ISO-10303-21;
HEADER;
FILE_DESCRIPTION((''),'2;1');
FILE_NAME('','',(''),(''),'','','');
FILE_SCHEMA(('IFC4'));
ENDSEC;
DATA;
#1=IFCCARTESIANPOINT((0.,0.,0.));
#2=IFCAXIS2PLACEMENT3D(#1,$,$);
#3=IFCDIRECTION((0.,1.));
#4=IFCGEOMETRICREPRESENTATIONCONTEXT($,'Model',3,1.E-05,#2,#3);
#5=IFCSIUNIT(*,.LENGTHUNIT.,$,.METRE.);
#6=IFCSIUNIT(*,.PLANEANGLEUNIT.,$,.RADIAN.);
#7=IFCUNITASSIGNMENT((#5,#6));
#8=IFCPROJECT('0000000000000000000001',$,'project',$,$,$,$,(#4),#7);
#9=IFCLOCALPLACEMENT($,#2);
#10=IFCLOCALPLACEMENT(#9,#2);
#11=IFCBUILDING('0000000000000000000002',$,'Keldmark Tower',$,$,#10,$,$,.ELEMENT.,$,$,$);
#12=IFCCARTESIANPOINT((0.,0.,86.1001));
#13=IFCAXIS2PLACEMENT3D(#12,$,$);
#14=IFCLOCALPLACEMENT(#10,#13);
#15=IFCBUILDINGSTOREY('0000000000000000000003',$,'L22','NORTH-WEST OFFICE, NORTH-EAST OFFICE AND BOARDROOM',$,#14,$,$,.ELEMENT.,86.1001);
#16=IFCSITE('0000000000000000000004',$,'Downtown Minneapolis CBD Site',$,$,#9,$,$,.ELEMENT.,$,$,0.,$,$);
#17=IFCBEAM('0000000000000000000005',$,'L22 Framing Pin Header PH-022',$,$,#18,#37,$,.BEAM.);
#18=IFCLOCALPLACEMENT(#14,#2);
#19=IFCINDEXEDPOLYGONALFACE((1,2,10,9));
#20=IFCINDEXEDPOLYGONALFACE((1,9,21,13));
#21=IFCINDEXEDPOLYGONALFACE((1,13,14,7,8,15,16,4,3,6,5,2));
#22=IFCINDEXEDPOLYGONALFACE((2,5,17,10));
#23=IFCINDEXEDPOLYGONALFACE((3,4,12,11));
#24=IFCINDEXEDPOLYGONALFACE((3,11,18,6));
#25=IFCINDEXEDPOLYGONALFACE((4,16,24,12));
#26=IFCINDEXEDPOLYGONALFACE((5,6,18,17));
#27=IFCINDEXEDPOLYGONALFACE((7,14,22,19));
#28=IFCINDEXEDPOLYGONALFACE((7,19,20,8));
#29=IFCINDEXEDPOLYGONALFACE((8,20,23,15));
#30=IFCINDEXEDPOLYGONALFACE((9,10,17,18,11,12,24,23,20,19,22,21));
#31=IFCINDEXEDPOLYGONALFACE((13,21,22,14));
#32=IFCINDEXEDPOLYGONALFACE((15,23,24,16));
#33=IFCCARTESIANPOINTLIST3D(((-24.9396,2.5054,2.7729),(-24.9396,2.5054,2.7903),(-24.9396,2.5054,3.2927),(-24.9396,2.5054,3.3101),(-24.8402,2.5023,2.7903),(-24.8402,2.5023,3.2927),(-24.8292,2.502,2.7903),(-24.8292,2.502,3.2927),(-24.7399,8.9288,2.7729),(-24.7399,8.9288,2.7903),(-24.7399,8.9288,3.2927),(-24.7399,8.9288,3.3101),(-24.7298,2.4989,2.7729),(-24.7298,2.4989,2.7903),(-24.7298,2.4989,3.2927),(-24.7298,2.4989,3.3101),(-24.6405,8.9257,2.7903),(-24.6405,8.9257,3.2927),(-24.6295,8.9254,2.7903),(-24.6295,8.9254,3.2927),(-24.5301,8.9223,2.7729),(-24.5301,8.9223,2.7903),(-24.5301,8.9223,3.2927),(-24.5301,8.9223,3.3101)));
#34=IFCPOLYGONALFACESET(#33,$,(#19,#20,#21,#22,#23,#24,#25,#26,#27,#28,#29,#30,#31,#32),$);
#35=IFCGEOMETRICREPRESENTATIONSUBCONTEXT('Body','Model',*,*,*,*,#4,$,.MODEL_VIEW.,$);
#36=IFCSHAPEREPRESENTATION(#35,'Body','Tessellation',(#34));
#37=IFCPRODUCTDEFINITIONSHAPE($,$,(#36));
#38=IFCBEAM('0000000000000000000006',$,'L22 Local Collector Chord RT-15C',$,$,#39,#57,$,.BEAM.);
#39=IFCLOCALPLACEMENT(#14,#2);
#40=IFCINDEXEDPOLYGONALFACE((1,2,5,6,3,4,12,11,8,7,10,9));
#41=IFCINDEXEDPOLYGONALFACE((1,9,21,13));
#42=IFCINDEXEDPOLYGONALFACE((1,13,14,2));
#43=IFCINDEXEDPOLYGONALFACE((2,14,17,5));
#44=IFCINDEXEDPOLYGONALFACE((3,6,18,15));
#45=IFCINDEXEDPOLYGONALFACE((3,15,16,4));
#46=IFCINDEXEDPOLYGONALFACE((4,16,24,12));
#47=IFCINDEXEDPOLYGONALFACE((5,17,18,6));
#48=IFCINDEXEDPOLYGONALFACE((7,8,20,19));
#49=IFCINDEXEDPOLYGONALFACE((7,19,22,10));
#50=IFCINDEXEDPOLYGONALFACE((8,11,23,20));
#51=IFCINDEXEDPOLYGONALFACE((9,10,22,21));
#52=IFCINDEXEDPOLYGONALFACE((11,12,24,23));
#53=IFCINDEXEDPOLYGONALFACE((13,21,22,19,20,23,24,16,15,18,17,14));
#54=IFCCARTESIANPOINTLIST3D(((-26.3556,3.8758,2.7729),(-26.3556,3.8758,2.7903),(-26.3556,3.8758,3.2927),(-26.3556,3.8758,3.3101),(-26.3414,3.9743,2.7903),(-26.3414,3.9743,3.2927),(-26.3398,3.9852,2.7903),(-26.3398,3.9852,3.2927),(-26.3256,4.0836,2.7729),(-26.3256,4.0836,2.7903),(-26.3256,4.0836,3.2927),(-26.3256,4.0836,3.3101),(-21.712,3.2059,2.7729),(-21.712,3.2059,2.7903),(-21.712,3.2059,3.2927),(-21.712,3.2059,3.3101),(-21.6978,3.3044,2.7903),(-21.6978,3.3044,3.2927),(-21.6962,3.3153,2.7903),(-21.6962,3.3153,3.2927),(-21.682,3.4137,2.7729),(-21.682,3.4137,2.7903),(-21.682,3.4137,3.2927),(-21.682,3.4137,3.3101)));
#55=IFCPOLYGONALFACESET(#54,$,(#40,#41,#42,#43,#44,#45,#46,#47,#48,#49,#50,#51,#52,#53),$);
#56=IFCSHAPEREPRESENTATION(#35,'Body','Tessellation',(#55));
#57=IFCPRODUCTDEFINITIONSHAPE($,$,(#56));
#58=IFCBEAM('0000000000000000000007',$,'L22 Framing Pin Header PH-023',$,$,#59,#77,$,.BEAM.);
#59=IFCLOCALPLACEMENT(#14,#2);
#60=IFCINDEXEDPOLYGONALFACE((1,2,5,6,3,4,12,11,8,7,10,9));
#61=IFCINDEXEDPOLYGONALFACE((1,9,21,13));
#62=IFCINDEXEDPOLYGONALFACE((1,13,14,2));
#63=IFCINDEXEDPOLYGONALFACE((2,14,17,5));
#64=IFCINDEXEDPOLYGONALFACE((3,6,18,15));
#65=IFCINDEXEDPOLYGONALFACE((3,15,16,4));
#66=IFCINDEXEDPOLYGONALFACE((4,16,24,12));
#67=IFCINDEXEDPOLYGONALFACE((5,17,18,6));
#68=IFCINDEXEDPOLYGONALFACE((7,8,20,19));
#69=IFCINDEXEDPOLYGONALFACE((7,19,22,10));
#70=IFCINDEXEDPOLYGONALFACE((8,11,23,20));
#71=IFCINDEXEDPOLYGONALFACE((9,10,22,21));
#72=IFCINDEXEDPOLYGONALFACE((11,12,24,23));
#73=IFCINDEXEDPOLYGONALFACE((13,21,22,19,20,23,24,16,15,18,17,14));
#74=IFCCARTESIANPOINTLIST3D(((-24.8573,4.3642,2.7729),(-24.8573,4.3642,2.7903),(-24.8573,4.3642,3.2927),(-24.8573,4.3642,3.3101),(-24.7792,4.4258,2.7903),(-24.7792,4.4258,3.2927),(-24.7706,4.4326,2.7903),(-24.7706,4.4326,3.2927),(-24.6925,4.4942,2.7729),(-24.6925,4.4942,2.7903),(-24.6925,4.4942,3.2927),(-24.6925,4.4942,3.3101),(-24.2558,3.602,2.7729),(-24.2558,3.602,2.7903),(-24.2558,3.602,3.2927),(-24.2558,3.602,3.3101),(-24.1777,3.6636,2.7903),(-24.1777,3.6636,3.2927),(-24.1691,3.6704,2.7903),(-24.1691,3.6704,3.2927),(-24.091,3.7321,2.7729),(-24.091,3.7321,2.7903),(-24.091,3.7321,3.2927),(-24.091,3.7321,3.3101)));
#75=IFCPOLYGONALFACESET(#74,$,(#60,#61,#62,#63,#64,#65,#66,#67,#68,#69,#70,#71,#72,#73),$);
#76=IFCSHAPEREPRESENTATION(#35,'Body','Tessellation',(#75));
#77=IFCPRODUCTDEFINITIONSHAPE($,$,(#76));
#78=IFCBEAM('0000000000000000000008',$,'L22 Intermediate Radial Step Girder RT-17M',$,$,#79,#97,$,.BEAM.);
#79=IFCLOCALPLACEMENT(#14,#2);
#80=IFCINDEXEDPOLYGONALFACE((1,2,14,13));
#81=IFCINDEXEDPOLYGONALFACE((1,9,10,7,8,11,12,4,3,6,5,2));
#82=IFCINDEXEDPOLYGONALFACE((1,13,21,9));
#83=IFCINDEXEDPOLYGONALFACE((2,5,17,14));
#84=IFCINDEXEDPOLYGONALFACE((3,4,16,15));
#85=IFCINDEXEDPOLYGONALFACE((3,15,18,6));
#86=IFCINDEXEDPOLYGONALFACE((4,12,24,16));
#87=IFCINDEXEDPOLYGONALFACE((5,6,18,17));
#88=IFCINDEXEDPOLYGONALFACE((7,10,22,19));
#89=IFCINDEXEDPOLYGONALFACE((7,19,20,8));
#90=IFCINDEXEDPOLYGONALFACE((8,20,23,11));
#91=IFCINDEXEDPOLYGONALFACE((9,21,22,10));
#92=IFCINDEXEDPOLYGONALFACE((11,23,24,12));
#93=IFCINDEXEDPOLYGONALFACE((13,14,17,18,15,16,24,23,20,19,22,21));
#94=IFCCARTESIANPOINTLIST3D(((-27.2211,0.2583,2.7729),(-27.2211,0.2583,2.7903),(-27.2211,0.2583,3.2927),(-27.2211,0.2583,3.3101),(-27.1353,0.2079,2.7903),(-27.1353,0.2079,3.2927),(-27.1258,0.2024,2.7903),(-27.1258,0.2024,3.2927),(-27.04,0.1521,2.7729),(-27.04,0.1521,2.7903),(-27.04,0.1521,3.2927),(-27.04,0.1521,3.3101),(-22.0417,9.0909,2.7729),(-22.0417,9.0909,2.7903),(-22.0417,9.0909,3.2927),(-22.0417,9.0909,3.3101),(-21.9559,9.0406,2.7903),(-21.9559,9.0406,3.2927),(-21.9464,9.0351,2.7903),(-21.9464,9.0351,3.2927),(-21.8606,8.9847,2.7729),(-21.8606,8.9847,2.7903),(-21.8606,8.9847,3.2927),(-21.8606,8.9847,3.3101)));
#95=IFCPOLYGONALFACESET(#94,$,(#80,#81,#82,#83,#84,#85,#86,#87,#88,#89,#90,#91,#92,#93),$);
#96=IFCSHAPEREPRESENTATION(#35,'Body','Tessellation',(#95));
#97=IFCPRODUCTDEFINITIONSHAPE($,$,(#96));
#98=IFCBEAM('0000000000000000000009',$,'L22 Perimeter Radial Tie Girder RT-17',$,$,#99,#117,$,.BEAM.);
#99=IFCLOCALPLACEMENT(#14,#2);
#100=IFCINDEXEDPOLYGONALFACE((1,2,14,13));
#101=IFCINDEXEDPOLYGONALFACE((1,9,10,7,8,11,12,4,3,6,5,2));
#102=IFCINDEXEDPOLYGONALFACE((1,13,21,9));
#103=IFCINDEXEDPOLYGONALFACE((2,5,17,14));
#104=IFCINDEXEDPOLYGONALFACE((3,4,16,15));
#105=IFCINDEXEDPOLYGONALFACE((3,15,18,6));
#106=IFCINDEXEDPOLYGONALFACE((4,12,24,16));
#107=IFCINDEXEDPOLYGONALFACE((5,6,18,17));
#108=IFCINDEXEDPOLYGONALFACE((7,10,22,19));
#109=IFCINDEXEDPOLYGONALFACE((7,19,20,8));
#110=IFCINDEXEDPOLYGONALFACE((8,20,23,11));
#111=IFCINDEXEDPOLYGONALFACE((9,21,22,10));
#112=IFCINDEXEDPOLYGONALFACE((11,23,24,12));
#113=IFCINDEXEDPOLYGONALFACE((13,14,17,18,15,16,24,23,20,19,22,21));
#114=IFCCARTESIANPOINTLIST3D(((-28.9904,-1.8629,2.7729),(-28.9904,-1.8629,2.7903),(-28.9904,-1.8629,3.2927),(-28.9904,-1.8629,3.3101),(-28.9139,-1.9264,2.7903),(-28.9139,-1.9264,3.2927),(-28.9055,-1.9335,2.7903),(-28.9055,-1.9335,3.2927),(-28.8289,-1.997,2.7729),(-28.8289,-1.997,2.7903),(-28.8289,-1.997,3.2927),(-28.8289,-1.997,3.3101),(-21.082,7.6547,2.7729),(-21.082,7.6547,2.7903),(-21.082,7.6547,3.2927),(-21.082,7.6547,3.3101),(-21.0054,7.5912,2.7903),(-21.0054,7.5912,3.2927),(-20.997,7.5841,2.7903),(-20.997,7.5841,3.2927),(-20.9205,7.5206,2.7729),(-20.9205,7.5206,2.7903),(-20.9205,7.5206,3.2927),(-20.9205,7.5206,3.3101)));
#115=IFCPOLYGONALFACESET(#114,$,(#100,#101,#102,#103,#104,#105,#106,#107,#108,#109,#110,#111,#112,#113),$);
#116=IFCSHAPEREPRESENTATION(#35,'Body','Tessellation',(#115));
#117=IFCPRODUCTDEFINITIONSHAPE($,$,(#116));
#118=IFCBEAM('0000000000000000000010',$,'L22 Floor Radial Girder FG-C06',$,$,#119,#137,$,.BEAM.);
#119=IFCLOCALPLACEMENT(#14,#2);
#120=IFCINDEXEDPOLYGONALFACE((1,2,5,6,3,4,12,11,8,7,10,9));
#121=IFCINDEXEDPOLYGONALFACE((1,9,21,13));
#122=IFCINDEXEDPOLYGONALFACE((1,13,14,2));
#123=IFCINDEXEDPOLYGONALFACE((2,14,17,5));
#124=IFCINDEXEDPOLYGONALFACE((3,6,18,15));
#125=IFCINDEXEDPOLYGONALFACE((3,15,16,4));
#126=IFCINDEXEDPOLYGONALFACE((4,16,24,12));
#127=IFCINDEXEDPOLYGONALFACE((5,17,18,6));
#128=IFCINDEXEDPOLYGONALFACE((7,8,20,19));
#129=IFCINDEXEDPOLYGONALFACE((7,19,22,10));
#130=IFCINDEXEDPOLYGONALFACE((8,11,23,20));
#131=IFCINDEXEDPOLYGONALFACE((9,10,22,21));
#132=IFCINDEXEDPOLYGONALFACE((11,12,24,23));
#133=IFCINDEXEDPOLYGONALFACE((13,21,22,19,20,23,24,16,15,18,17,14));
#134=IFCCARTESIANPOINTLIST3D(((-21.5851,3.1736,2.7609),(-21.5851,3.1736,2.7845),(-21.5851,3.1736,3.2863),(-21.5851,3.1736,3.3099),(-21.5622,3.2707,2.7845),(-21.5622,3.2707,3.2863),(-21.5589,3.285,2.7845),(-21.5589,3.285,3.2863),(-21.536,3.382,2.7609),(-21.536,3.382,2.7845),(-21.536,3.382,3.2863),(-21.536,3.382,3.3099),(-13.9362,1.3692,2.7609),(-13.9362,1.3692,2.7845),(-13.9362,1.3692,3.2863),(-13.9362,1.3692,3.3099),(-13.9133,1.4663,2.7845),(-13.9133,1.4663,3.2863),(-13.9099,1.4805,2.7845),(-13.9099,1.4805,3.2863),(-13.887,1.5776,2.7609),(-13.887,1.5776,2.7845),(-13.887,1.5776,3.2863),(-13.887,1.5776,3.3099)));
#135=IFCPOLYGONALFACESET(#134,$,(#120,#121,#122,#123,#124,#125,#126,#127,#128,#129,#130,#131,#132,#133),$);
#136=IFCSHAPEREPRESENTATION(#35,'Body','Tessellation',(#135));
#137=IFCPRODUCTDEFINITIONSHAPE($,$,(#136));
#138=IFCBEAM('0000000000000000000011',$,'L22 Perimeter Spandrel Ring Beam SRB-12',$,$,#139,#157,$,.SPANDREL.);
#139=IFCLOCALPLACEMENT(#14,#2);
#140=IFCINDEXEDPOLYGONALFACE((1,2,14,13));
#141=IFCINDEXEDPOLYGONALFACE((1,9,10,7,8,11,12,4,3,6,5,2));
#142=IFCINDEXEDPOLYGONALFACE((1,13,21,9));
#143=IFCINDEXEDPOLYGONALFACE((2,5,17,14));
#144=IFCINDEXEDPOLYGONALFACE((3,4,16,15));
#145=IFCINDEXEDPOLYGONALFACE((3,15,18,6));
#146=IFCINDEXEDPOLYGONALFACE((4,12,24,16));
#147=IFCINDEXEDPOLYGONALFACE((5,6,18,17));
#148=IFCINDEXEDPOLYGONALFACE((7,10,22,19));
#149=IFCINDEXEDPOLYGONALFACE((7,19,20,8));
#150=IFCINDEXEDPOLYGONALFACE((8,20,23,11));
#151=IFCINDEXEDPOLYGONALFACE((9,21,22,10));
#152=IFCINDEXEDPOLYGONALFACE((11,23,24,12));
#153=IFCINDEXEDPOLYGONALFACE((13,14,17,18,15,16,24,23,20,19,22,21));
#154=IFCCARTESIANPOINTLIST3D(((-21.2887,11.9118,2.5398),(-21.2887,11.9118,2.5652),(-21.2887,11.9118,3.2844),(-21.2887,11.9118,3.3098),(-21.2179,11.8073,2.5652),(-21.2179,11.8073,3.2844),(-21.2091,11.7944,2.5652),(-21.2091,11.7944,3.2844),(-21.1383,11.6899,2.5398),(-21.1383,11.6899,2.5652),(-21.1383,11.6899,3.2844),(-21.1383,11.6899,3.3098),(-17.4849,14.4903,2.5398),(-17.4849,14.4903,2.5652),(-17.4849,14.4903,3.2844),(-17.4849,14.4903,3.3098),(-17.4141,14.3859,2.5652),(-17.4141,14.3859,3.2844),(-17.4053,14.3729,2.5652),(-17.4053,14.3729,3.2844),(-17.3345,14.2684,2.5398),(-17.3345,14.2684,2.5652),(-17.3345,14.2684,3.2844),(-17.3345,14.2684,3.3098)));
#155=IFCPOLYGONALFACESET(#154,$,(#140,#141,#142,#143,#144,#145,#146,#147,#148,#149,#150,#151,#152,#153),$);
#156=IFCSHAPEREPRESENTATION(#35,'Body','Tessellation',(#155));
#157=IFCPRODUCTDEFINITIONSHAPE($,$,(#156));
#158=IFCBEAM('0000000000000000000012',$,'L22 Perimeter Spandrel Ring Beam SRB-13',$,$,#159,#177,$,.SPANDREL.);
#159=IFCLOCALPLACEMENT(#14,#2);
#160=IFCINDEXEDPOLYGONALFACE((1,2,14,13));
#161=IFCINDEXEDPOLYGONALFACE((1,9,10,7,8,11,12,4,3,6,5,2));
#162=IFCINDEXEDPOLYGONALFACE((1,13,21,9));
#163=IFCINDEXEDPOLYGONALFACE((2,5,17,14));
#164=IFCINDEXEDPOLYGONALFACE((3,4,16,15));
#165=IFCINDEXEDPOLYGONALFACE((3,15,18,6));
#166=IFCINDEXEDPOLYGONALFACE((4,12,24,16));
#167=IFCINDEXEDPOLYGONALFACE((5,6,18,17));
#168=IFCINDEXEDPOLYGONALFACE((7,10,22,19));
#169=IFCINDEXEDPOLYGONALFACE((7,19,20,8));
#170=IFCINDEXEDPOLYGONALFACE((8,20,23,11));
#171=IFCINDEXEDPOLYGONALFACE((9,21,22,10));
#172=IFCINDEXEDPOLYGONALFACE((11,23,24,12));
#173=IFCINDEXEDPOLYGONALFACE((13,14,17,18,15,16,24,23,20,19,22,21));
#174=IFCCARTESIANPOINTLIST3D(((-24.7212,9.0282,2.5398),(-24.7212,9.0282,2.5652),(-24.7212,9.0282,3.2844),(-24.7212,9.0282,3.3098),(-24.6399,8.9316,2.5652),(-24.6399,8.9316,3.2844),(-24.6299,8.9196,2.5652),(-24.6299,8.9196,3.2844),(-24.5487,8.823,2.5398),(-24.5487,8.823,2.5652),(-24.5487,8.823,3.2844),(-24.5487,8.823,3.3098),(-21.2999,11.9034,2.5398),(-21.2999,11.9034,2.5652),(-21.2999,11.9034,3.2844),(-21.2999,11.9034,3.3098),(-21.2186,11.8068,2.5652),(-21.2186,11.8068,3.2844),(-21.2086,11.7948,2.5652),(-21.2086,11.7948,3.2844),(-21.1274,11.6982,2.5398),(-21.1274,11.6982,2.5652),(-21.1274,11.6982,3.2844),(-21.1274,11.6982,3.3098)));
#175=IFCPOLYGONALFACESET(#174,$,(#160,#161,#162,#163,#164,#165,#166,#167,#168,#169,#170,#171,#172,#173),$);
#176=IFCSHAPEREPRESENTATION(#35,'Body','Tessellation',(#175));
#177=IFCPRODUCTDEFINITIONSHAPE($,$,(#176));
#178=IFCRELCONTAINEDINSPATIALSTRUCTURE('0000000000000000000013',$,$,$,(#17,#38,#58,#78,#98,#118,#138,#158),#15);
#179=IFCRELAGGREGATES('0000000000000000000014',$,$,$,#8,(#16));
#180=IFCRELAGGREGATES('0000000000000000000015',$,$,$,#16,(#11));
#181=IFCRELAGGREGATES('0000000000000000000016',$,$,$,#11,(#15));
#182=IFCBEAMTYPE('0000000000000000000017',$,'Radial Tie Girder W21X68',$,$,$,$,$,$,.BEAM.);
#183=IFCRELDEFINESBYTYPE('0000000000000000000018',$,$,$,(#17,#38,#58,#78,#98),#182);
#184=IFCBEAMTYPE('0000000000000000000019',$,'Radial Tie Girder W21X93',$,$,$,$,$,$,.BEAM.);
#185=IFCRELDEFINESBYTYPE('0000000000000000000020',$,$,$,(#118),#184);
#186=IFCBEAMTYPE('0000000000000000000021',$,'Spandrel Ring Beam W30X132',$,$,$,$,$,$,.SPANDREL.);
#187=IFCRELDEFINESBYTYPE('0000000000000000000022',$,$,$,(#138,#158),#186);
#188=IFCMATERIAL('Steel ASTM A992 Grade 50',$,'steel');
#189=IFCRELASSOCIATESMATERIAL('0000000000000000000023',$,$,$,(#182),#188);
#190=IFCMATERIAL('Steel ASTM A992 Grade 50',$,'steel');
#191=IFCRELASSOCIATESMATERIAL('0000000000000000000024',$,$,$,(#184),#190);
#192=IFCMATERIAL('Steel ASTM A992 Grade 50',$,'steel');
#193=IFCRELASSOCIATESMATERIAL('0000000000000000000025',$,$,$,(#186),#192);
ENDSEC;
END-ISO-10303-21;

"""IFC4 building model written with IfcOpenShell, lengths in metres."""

from ifc_helpers import new_model, si_unit, direction, frame, origin, origin_2d, place, context, subcontext, project, spatial, i_section, extrude, material, material_profile, profile_set, type_object, element, save


model = new_model("IFC4")

# Units and contexts
model_context = context("Model", 3, precision=1e-05, world=origin(), true_north=direction((0.0, 1.0)))
body_context = subcontext(model_context, "Body", "Model", "MODEL_VIEW")
ifc_project = project(units=[si_unit("LENGTHUNIT", "METRE"), si_unit("PLANEANGLEUNIT", "RADIAN")], contexts=[model_context])

# Site, building, storey
site_placement = place(None, origin())
site = spatial("IfcSite", under=ifc_project, at=site_placement, Name="Downtown Minneapolis CBD Site", CompositionType="ELEMENT", RefElevation=0.0)
building_placement = place(site_placement, origin())
building = spatial("IfcBuilding", under=site, at=building_placement, Name="Keldmark Tower", CompositionType="ELEMENT")
storey_placement = place(building_placement, frame((0.0, 0.0, 86.1001)))
storey = spatial("IfcBuildingStorey", under=building, at=storey_placement, Name="L22", Description="NORTH-WEST OFFICE, NORTH-EAST OFFICE AND BOARDROOM", CompositionType="ELEMENT", Elevation=86.1001)

# Beams
ifc_material_1 = material(Name="Steel ASTM A992 Grade 50", Category="steel")
ifc_material_profile_1 = material_profile(ifc_material_1, i_section(OverallWidth=0.21, OverallDepth=0.5371, WebThickness=0.011, FlangeThickness=0.0173, at=origin_2d()), Name="W21X68")
ifc_profile_set_1 = profile_set([ifc_material_profile_1], Name="Steel ASTM A992 Grade 50")
beam_type_1 = type_object("IfcBeamType", Name="Radial Tie Girder W21X68", PredefinedType="BEAM", material=ifc_profile_set_1)
beam_1_placement = place(storey_placement, frame((-24.635, 8.9255, 3.0415), z_axis=(-0.031076, -0.999517, 0.0), x_axis=(0.999517, -0.031076, 0.0)))
element("IfcBeam", 1, at=beam_1_placement, inside=storey, type_object=beam_type_1, Name="L22 Framing Pin Header PH-022", PredefinedType="BEAM", context=body_context, shape_type="SweptSolid", body=[
    extrude(i_section(OverallWidth=0.21, OverallDepth=0.5371, WebThickness=0.011, FlangeThickness=0.0173, at=origin_2d()), origin(), (0.0, 0.0, 1.0), 6.4265),
])
beam_2_placement = place(storey_placement, frame((-21.697, 3.3098, 3.0415), z_axis=(-0.989753, 0.142791, 0.0), x_axis=(-0.142791, -0.989753, 0.0)))
element("IfcBeam", 2, at=beam_2_placement, inside=storey, type_object=beam_type_1, Name="L22 Local Collector Chord RT-15C", PredefinedType="BEAM", context=body_context, shape_type="SweptSolid", body=[
    extrude(i_section(OverallWidth=0.21, OverallDepth=0.5371, WebThickness=0.011, FlangeThickness=0.0173, at=origin_2d()), origin(), (0.0, 0.0, 1.0), 4.6917),
])
beam_3_placement = place(storey_placement, frame((-24.7749, 4.4292, 3.0415), z_axis=(0.61953, -0.784973, 0.0), x_axis=(0.784973, 0.61953, 0.0)))
element("IfcBeam", 3, at=beam_3_placement, inside=storey, type_object=beam_type_1, Name="L22 Framing Pin Header PH-023", PredefinedType="BEAM", context=body_context, shape_type="SweptSolid", body=[
    extrude(i_section(OverallWidth=0.21, OverallDepth=0.5371, WebThickness=0.011, FlangeThickness=0.0173, at=origin_2d()), origin(), (0.0, 0.0, 1.0), 0.9709),
])
beam_4_placement = place(storey_placement, frame((-21.9512, 9.0378, 3.0415), z_axis=(-0.505837, -0.862629, 0.0), x_axis=(0.862629, -0.505837, 0.0)))
element("IfcBeam", 4, at=beam_4_placement, inside=storey, type_object=beam_type_1, Name="L22 Intermediate Radial Step Girder RT-17M", PredefinedType="BEAM", context=body_context, shape_type="SweptSolid", body=[
    extrude(i_section(OverallWidth=0.21, OverallDepth=0.5371, WebThickness=0.011, FlangeThickness=0.0173, at=origin_2d()), origin(), (0.0, 0.0, 1.0), 10.2393),
])
beam_5_placement = place(storey_placement, frame((-21.0012, 7.5876, 3.0415), z_axis=(-0.639093, -0.769129, 0.0), x_axis=(0.769129, -0.639093, 0.0)))
element("IfcBeam", 5, at=beam_5_placement, inside=storey, type_object=beam_type_1, Name="L22 Perimeter Radial Tie Girder RT-17", PredefinedType="BEAM", context=body_context, shape_type="SweptSolid", body=[
    extrude(i_section(OverallWidth=0.21, OverallDepth=0.5371, WebThickness=0.011, FlangeThickness=0.0173, at=origin_2d()), origin(), (0.0, 0.0, 1.0), 12.3745),
])
ifc_material_2 = material(Name="Steel ASTM A992 Grade 50", Category="steel")
ifc_material_profile_2 = material_profile(ifc_material_2, i_section(OverallWidth=0.2141, OverallDepth=0.5491, WebThickness=0.0146, FlangeThickness=0.0237, at=origin_2d()), Name="W21X93")
ifc_profile_set_2 = profile_set([ifc_material_profile_2], Name="Steel ASTM A992 Grade 50")
beam_type_2 = type_object("IfcBeamType", Name="Radial Tie Girder W21X93", PredefinedType="BEAM", material=ifc_profile_set_2)
beam_6_placement = place(storey_placement, frame((-21.5605, 3.2778, 3.0354), z_axis=(0.973284, -0.229606, 0.0), x_axis=(0.229606, 0.973284, 0.0)))
element("IfcBeam", 6, at=beam_6_placement, inside=storey, type_object=beam_type_2, Name="L22 Floor Radial Girder FG-C06", PredefinedType="BEAM", context=body_context, shape_type="SweptSolid", body=[
    extrude(i_section(OverallWidth=0.2141, OverallDepth=0.5491, WebThickness=0.0146, FlangeThickness=0.0237, at=origin_2d()), origin(), (0.0, 0.0, 1.0), 7.8589),
])
ifc_material_3 = material(Name="Steel ASTM A992 Grade 50", Category="steel")
ifc_material_profile_3 = material_profile(ifc_material_3, i_section(OverallWidth=0.2681, OverallDepth=0.77, WebThickness=0.0156, FlangeThickness=0.0254, at=origin_2d()), Name="W30X132")
ifc_profile_set_3 = profile_set([ifc_material_profile_3], Name="Steel ASTM A992 Grade 50")
beam_type_3 = type_object("IfcBeamType", Name="Spandrel Ring Beam W30X132", PredefinedType="SPANDREL", material=ifc_profile_set_3)
beam_7_placement = place(storey_placement, frame((-17.4097, 14.3794, 2.9248), z_axis=(-0.827743, -0.561108, 0.0), x_axis=(0.561108, -0.827743, 0.0)))
element("IfcBeam", 7, at=beam_7_placement, inside=storey, type_object=beam_type_3, Name="L22 Perimeter Spandrel Ring Beam SRB-12", PredefinedType="SPANDREL", context=body_context, shape_type="SweptSolid", body=[
    extrude(i_section(OverallWidth=0.2681, OverallDepth=0.77, WebThickness=0.0156, FlangeThickness=0.0254, at=origin_2d()), origin(), (0.0, 0.0, 1.0), 4.5955),
])
beam_8_placement = place(storey_placement, frame((-21.2136, 11.8008, 2.9248), z_axis=(-0.765564, -0.64336, 0.0), x_axis=(0.64336, -0.765564, 0.0)))
element("IfcBeam", 8, at=beam_8_placement, inside=storey, type_object=beam_type_3, Name="L22 Perimeter Spandrel Ring Beam SRB-13", PredefinedType="SPANDREL", context=body_context, shape_type="SweptSolid", body=[
    extrude(i_section(OverallWidth=0.2681, OverallDepth=0.77, WebThickness=0.0156, FlangeThickness=0.0254, at=origin_2d()), origin(), (0.0, 0.0, 1.0), 4.469),
])

save(model, "model.ifc")
